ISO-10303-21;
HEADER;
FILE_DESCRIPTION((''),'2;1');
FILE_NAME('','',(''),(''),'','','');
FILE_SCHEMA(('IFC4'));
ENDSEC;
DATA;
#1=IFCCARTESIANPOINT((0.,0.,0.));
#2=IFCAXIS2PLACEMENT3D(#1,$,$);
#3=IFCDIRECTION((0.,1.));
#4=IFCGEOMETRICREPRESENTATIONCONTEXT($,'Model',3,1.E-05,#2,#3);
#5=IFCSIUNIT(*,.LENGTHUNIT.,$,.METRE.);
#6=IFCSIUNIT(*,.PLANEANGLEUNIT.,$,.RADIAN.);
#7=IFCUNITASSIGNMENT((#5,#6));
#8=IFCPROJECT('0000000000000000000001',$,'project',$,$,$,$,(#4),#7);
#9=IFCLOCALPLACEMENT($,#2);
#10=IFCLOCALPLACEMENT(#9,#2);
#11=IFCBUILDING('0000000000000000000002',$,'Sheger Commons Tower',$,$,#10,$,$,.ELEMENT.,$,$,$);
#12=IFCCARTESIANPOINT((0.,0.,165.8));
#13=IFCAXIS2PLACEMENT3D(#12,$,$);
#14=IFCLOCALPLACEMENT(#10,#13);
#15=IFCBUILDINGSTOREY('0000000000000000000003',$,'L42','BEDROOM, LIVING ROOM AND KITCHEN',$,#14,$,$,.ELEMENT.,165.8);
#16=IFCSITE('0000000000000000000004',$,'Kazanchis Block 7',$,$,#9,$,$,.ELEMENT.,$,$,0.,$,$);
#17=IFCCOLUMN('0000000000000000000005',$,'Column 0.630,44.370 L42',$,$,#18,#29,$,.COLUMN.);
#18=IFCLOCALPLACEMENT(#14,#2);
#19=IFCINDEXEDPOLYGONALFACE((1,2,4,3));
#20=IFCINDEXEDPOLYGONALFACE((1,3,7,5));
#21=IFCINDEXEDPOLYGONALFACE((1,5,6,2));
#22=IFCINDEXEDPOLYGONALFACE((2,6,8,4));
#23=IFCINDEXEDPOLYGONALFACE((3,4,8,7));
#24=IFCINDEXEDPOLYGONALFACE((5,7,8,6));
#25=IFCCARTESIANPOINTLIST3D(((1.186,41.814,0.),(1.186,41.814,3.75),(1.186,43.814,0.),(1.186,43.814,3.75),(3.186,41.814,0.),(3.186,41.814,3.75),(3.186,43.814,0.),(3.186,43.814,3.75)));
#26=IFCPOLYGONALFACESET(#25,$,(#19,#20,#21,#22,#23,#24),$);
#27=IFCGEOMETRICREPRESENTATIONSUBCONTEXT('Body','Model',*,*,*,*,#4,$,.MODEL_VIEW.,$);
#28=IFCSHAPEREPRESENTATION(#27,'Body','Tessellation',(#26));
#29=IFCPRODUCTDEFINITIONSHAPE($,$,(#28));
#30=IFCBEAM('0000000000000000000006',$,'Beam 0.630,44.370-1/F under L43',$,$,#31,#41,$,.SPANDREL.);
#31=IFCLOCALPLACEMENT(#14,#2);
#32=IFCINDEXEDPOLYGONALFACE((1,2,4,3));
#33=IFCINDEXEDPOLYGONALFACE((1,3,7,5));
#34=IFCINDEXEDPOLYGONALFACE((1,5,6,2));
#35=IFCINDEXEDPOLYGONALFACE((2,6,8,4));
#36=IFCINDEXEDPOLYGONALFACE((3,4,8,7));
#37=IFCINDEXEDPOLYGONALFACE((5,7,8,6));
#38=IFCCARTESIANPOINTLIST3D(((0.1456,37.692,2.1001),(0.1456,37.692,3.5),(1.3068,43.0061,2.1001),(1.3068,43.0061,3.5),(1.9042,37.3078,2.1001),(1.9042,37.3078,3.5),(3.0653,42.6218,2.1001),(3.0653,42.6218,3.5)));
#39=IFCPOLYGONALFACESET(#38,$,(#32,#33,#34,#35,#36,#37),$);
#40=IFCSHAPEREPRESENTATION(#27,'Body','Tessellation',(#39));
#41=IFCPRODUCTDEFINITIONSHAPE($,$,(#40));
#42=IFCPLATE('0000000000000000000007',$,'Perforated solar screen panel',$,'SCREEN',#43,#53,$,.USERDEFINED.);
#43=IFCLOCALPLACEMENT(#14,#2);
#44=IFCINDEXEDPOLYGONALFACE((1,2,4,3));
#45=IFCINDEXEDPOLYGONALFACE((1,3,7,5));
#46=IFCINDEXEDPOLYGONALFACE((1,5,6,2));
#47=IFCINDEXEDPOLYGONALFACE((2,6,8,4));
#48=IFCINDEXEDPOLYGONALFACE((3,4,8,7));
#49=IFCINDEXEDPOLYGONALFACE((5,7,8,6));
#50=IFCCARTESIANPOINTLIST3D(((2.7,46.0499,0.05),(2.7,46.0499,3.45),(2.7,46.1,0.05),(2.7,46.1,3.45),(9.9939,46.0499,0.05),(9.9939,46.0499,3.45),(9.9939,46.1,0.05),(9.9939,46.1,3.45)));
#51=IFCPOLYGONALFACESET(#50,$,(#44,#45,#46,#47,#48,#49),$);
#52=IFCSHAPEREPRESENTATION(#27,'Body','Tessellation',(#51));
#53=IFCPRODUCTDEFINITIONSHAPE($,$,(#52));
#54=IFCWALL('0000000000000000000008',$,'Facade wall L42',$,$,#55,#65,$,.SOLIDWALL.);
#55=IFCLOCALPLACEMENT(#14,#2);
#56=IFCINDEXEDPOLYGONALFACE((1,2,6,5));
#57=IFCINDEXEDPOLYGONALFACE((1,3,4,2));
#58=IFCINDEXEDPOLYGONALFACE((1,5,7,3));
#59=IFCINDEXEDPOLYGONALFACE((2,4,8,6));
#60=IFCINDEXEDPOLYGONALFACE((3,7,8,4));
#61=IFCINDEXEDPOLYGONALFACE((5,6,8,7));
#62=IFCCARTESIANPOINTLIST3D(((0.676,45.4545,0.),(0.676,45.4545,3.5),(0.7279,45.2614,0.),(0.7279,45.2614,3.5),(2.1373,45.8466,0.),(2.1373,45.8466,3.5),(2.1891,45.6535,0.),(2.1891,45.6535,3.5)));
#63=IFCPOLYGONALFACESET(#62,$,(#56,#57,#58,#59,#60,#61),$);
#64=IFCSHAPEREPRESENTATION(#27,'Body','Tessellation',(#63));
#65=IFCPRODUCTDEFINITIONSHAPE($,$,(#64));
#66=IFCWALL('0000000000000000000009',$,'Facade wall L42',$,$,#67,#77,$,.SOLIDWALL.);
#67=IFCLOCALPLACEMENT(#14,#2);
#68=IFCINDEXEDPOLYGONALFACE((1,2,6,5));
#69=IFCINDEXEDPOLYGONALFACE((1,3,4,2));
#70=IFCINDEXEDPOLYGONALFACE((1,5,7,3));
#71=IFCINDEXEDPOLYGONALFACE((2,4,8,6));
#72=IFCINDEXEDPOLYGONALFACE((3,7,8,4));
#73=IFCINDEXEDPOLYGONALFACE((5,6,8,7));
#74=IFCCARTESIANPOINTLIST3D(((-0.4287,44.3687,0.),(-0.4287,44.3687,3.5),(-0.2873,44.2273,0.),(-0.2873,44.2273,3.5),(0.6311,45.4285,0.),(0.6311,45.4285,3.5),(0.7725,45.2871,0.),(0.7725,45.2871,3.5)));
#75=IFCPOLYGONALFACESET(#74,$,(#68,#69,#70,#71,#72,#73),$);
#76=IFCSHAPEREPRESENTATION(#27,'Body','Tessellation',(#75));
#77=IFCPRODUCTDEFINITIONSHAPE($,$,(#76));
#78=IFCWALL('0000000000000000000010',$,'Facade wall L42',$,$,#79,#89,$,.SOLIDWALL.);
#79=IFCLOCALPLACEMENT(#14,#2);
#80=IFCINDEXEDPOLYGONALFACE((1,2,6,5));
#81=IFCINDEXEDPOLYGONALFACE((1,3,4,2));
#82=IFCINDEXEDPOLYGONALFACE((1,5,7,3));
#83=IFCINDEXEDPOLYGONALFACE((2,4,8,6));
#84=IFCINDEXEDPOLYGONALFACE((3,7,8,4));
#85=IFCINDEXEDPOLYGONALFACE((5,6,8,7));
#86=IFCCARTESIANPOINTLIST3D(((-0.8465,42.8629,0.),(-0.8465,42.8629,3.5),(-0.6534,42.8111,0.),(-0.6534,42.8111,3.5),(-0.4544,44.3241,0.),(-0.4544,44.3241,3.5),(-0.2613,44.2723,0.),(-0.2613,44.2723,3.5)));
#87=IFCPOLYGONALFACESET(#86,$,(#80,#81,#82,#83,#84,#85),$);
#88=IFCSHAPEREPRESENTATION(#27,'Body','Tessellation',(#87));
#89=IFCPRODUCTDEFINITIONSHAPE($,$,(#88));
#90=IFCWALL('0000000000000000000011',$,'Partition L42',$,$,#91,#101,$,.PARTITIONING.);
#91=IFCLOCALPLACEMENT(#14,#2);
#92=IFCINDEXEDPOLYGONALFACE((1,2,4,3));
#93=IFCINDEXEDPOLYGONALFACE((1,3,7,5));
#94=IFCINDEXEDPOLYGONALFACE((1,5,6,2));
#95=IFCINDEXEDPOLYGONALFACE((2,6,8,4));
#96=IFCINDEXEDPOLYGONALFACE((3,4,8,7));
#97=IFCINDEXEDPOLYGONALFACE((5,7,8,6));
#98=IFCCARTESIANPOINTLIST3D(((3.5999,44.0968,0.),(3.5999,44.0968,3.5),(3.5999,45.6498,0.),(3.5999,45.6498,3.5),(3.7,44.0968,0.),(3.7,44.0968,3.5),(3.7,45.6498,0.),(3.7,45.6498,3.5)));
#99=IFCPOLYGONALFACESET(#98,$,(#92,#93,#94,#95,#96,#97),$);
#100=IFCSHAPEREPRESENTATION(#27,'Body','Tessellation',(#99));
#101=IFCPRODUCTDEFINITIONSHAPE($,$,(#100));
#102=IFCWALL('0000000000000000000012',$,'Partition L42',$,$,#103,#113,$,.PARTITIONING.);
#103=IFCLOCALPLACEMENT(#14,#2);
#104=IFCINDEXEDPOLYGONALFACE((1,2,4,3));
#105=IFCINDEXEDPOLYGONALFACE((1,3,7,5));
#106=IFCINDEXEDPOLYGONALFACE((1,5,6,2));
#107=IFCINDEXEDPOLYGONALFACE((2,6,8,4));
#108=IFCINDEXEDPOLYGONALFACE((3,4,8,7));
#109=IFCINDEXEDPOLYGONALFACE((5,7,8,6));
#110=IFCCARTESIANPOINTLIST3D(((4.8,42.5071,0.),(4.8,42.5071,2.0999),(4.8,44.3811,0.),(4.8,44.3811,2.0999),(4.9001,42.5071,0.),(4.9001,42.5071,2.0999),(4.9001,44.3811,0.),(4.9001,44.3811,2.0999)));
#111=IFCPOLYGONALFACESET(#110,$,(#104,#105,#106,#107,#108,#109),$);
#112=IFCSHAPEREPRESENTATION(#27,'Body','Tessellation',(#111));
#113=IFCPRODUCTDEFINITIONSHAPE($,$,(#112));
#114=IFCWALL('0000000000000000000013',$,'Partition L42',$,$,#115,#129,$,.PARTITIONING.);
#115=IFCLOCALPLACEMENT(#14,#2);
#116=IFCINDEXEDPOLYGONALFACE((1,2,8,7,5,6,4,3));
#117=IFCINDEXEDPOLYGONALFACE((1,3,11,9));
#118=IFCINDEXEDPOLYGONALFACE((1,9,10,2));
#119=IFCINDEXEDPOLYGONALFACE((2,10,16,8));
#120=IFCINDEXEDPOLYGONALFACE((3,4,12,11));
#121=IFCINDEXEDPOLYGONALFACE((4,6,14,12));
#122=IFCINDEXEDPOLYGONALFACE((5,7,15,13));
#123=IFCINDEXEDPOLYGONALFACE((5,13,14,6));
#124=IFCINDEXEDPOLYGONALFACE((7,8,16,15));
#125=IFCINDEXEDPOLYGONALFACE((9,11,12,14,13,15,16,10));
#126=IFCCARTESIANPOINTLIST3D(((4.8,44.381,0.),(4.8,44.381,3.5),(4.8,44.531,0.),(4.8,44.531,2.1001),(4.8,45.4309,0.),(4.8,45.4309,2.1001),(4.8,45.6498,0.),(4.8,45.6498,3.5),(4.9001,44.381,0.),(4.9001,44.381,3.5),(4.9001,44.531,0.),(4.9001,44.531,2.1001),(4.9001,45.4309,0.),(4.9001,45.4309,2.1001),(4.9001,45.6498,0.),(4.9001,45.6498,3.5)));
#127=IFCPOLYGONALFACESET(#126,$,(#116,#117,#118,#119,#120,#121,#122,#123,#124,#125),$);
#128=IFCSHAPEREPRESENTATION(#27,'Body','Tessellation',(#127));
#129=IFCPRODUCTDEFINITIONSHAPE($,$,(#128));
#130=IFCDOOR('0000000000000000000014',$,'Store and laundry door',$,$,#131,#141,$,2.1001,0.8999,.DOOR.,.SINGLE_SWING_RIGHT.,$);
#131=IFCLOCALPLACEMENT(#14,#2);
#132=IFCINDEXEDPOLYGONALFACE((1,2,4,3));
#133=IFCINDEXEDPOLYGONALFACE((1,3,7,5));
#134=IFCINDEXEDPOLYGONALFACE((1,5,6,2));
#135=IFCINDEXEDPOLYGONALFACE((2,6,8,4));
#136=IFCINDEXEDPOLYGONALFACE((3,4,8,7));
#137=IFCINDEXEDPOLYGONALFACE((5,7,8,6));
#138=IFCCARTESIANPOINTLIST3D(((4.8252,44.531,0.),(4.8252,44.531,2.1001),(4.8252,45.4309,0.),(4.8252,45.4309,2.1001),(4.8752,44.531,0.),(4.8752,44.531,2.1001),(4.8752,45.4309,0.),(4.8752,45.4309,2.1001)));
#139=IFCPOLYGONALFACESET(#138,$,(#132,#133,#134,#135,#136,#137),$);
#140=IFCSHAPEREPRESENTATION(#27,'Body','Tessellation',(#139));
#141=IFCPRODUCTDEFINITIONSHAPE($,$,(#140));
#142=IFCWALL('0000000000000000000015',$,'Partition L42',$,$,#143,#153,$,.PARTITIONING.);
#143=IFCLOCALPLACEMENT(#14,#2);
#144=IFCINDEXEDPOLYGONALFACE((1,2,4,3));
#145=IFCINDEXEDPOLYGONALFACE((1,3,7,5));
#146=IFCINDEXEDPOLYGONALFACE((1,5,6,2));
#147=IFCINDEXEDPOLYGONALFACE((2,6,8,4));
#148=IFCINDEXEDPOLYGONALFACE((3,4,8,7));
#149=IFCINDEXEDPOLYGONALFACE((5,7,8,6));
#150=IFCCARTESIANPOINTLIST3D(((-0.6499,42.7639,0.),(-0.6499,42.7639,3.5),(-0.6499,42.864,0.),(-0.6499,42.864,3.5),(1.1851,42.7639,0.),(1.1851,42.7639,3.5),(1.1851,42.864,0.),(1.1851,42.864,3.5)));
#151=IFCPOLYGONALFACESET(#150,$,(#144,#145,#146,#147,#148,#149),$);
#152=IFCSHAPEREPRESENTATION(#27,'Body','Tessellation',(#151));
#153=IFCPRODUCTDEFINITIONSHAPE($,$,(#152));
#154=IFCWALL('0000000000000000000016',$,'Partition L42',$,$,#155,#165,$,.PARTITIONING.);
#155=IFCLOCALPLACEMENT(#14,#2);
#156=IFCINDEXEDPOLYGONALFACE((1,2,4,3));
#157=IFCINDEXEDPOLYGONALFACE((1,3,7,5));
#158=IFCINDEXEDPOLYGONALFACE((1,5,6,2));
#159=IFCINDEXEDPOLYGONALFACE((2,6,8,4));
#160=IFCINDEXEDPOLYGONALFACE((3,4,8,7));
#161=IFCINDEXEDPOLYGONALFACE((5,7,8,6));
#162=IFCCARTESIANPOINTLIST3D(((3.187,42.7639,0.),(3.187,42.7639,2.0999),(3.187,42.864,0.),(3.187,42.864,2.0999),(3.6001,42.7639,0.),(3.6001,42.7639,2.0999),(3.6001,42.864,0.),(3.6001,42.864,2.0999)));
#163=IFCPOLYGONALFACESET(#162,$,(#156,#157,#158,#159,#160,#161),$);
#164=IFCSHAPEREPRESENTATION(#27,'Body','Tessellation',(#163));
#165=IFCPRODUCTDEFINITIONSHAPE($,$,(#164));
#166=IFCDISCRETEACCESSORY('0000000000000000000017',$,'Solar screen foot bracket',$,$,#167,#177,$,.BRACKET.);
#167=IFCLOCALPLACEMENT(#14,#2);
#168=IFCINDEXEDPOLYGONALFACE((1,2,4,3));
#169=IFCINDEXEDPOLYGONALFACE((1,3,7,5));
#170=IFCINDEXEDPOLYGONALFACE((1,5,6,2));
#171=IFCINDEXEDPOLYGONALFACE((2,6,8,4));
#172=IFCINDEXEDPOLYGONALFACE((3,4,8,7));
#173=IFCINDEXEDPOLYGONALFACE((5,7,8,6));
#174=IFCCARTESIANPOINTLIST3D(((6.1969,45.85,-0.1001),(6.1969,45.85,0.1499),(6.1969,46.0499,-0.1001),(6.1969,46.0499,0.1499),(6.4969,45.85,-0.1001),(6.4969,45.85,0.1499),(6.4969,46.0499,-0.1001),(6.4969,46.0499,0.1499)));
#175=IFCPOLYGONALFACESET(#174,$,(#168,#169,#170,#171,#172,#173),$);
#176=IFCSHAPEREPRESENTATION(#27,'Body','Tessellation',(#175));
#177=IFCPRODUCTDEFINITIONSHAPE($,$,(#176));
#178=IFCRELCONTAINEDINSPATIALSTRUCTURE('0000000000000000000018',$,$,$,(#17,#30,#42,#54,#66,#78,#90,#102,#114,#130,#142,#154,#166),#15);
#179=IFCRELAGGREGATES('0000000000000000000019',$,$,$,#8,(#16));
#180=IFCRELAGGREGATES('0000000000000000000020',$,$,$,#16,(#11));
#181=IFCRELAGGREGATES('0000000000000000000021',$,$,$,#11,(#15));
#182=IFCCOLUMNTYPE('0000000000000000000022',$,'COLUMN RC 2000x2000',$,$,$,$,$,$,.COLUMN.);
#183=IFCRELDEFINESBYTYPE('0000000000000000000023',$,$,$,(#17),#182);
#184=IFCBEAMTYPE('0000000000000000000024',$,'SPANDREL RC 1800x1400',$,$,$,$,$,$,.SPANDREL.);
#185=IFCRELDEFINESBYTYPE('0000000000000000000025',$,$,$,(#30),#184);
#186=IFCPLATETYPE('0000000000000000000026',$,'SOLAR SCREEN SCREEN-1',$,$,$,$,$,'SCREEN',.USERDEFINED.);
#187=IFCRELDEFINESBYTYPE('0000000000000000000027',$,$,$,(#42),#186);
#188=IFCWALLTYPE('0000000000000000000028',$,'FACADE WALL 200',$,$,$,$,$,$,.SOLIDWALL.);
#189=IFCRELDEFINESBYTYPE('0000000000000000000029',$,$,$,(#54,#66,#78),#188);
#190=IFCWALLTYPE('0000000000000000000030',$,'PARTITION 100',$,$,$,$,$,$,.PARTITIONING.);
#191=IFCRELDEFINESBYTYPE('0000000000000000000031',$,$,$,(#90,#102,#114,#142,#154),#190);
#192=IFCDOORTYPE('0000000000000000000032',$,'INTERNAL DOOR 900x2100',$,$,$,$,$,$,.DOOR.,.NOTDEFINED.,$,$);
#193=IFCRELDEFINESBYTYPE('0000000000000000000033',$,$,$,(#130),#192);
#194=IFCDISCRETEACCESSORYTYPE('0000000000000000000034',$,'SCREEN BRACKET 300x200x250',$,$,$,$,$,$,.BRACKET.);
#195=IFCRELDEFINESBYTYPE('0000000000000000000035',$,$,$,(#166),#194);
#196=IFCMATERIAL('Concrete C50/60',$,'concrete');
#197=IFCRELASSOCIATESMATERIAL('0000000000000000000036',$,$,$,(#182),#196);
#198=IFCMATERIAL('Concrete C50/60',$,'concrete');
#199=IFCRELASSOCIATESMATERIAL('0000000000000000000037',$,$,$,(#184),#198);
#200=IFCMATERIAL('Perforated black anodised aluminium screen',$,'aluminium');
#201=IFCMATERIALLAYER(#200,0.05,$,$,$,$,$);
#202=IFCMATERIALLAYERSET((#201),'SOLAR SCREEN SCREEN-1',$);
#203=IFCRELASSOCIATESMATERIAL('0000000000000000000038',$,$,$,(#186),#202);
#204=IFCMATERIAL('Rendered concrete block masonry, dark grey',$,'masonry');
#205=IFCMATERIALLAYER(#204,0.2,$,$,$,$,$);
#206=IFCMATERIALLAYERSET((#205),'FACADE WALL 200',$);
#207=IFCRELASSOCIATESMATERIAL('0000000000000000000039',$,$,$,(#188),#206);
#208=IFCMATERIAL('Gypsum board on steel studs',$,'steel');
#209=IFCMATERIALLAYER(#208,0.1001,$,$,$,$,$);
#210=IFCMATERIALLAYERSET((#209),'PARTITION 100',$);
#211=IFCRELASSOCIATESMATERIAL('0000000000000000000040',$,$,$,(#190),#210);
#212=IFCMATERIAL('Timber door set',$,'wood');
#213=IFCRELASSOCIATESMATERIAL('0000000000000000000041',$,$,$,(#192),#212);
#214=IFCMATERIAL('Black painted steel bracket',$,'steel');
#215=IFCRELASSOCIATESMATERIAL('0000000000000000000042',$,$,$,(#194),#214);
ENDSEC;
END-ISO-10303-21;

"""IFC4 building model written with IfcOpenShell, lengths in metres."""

from ifc_helpers import new_model, si_unit, direction, frame, frame_2d, origin, origin_2d, place, context, subcontext, project, spatial, rectangle, extrude, material, layer, layer_set, material_profile, profile_set, type_object, element, fill, save


model = new_model("IFC4")

# Units and contexts
model_context = context("Model", 3, precision=1e-05, world=origin(), true_north=direction((0.0, 1.0)))
body_context = subcontext(model_context, "Body", "Model", "MODEL_VIEW")
ifc_project = project(units=[si_unit("LENGTHUNIT", "METRE"), si_unit("PLANEANGLEUNIT", "RADIAN")], contexts=[model_context])

# Site, building, storey
site_placement = place(None, origin())
site = spatial("IfcSite", under=ifc_project, at=site_placement, Name="Kazanchis Block 7", CompositionType="ELEMENT", RefElevation=0.0)
building_placement = place(site_placement, origin())
building = spatial("IfcBuilding", under=site, at=building_placement, Name="Sheger Commons Tower", CompositionType="ELEMENT")
storey_placement = place(building_placement, frame((0.0, 0.0, 165.8)))
storey = spatial("IfcBuildingStorey", under=building, at=storey_placement, Name="L42", Description="BEDROOM, LIVING ROOM AND KITCHEN", CompositionType="ELEMENT", Elevation=165.8)

# Column
ifc_material_1 = material(Name="Concrete C50/60", Category="concrete")
ifc_material_profile_1 = material_profile(ifc_material_1, rectangle(XDim=2.0, YDim=2.0, at=origin_2d()), Name="RC 2000x2000")
ifc_profile_set_1 = profile_set([ifc_material_profile_1], Name="Concrete C50/60")
column_type = type_object("IfcColumnType", Name="COLUMN RC 2000x2000", PredefinedType="COLUMN", material=ifc_profile_set_1)
column_placement = place(storey_placement, frame((2.186, 42.814, 0.0), z_axis=(0.0, 0.0, 1.0), x_axis=(1.0, 0.0, 0.0)))
element("IfcColumn", 1, at=column_placement, inside=storey, type_object=column_type, Name="Column 0.630,44.370 L42", PredefinedType="COLUMN", context=body_context, shape_type="SweptSolid", body=[
    extrude(rectangle(XDim=2.0, YDim=2.0, at=origin_2d()), origin(), (0.0, 0.0, 1.0), 3.75),
])

# Beam
ifc_material_2 = material(Name="Concrete C50/60", Category="concrete")
ifc_material_profile_2 = material_profile(ifc_material_2, rectangle(XDim=1.8, YDim=1.3999, at=origin_2d()), Name="RC 1800x1400")
ifc_profile_set_2 = profile_set([ifc_material_profile_2], Name="Concrete C50/60")
beam_type = type_object("IfcBeamType", Name="SPANDREL RC 1800x1400", PredefinedType="SPANDREL", material=ifc_profile_set_2)
beam_placement = place(storey_placement, frame((2.186, 42.814, 2.8), z_axis=(-0.213469, -0.97695, 0.0), x_axis=(0.97695, -0.213469, 0.0)))
element("IfcBeam", 2, at=beam_placement, inside=storey, type_object=beam_type, Name="Beam 0.630,44.370-1/F under L43", PredefinedType="SPANDREL", context=body_context, shape_type="SweptSolid", body=[
    extrude(rectangle(XDim=1.8, YDim=1.3999, at=origin_2d()), origin(), (0.0, 0.0, 1.0), 5.4395),
])

# Plate
ifc_material_3 = material(Name="Perforated black anodised aluminium screen", Category="aluminium")
ifc_layer_1 = layer(ifc_material_3, 0.05)
ifc_layer_set_1 = layer_set([ifc_layer_1], Name="SOLAR SCREEN SCREEN-1")
plate_type = type_object("IfcPlateType", Name="SOLAR SCREEN SCREEN-1", ElementType="SCREEN", PredefinedType="USERDEFINED", material=ifc_layer_set_1)
plate_placement = place(storey_placement, frame((6.3469, 46.075, 0.05), z_axis=(0.0, 0.0, 1.0), x_axis=(-1.0, 0.0, 0.0)))
element("IfcPlate", 3, at=plate_placement, inside=storey, type_object=plate_type, Name="Perforated solar screen panel", ObjectType="SCREEN", PredefinedType="USERDEFINED", context=body_context, shape_type="SweptSolid", body=[
    extrude(rectangle(XDim=7.2939, YDim=0.05, at=origin_2d()), origin(), (0.0, 0.0, 1.0), 3.3999),
])

# Walls
ifc_material_4 = material(Name="Rendered concrete block masonry, dark grey", Category="masonry")
ifc_layer_2 = layer(ifc_material_4, 0.2)
ifc_layer_set_2 = layer_set([ifc_layer_2], Name="FACADE WALL 200")
wall_type_1 = type_object("IfcWallType", Name="FACADE WALL 200", PredefinedType="SOLIDWALL", material=ifc_layer_set_2)
wall_1_placement = place(storey_placement, frame((2.1631, 45.75, 0.0), z_axis=(0.0, 0.0, 1.0), x_axis=(-0.965832, -0.259169, 0.0)))
element("IfcWall", 4, at=wall_1_placement, inside=storey, type_object=wall_type_1, Name="Facade wall L42", PredefinedType="SOLIDWALL", context=body_context, shape_type="SweptSolid", body=[
    extrude(rectangle(XDim=1.5129, YDim=0.2, at=frame_2d((0.7563, 0.0))), origin(), (0.0, 0.0, 1.0), 3.5),
])
wall_2_placement = place(storey_placement, frame((0.7019, 45.3579, 0.0), z_axis=(0.0, 0.0, 1.0), x_axis=(-0.707107, -0.707107, 0.0)))
element("IfcWall", 5, at=wall_2_placement, inside=storey, type_object=wall_type_1, Name="Facade wall L42", PredefinedType="SOLIDWALL", context=body_context, shape_type="SweptSolid", body=[
    extrude(rectangle(XDim=1.4988, YDim=0.2, at=frame_2d((0.7495, 0.0))), origin(), (0.0, 0.0, 1.0), 3.5),
])
wall_3_placement = place(storey_placement, frame((-0.3579, 44.2981, 0.0), z_axis=(0.0, 0.0, 1.0), x_axis=(-0.259169, -0.965832, 0.0)))
element("IfcWall", 6, at=wall_3_placement, inside=storey, type_object=wall_type_1, Name="Facade wall L42", PredefinedType="SOLIDWALL", context=body_context, shape_type="SweptSolid", body=[
    extrude(rectangle(XDim=1.5129, YDim=0.2, at=frame_2d((0.7563, 0.0))), origin(), (0.0, 0.0, 1.0), 3.5),
])

# Walls
ifc_material_5 = material(Name="Gypsum board on steel studs", Category="steel")
ifc_layer_3 = layer(ifc_material_5, 0.1001)
ifc_layer_set_3 = layer_set([ifc_layer_3], Name="PARTITION 100")
wall_type_2 = type_object("IfcWallType", Name="PARTITION 100", PredefinedType="PARTITIONING", material=ifc_layer_set_3)
wall_4_placement = place(storey_placement, frame((3.6499, 44.0969, 0.0), z_axis=(0.0, 0.0, 1.0), x_axis=(0.0, 1.0, 0.0)))
element("IfcWall", 7, at=wall_4_placement, inside=storey, type_object=wall_type_2, Name="Partition L42", PredefinedType="PARTITIONING", context=body_context, shape_type="SweptSolid", body=[
    extrude(rectangle(XDim=1.553, YDim=0.1001, at=frame_2d((0.7764, 0.0))), origin(), (0.0, 0.0, 1.0), 3.5),
])
wall_5_placement = place(storey_placement, frame((4.8501, 42.5071, 0.0), z_axis=(0.0, 0.0, 1.0), x_axis=(0.0, 1.0, 0.0)))
element("IfcWall", 8, at=wall_5_placement, inside=storey, type_object=wall_type_2, Name="Partition L42", PredefinedType="PARTITIONING", context=body_context, shape_type="SweptSolid", body=[
    extrude(rectangle(XDim=1.874, YDim=0.1001, at=frame_2d((0.937, 0.0))), origin(), (0.0, 0.0, 1.0), 2.0999),
])

# Wall, opening, door
wall_6_placement = place(storey_placement, frame((4.8501, 44.3811, 0.0), z_axis=(0.0, 0.0, 1.0), x_axis=(0.0, 1.0, 0.0)))
wall_6 = element("IfcWall", 9, at=wall_6_placement, inside=storey, type_object=wall_type_2, Name="Partition L42", PredefinedType="PARTITIONING", context=body_context, shape_type="SweptSolid", body=[
    extrude(rectangle(XDim=1.2688, YDim=0.1001, at=frame_2d((0.6343, 0.0))), origin(), (0.0, 0.0, 1.0), 3.5),
])
opening_1_placement = place(wall_6_placement, frame((0.1499, 0.0, 0.0)))
opening_1 = element("IfcOpeningElement", 10, at=opening_1_placement, cuts=wall_6, PredefinedType="OPENING", context=body_context, shape_type="SweptSolid", body=[
    extrude(rectangle(XDim=0.8999, YDim=2.1001, at=frame_2d((0.45, 1.05))), frame((0.0, 0.0601, 0.0), z_axis=(0.0, -1.0, 0.0), x_axis=(1.0, 0.0, 0.0)), (0.0, 0.0, 1.0), 0.1201),
])
ifc_material_6 = material(Name="Timber door set", Category="wood")
door_type = type_object("IfcDoorType", Name="INTERNAL DOOR 900x2100", OperationType="NOTDEFINED", PredefinedType="DOOR", material=ifc_material_6)
door_placement = place(opening_1_placement, origin())
door = element("IfcDoor", 11, at=door_placement, inside=storey, type_object=door_type, Name="Store and laundry door", OperationType="SINGLE_SWING_RIGHT", OverallHeight=2.1001, OverallWidth=0.8999, PredefinedType="DOOR", context=body_context, shape_type="SweptSolid", body=[
    extrude(rectangle(XDim=0.8999, YDim=2.1001, at=frame_2d((0.45, 1.05))), frame((0.0, 0.0249, 0.0), z_axis=(0.0, -1.0, 0.0), x_axis=(1.0, 0.0, 0.0)), (0.0, 0.0, 1.0), 0.05),
])
fill(opening_1, door)

# Walls
wall_7_placement = place(storey_placement, frame((-0.6499, 42.814, 0.0), z_axis=(0.0, 0.0, 1.0), x_axis=(1.0, 0.0, 0.0)))
element("IfcWall", 12, at=wall_7_placement, inside=storey, type_object=wall_type_2, Name="Partition L42", PredefinedType="PARTITIONING", context=body_context, shape_type="SweptSolid", body=[
    extrude(rectangle(XDim=1.835, YDim=0.1001, at=frame_2d((0.9175, 0.0))), origin(), (0.0, 0.0, 1.0), 3.5),
])
wall_8_placement = place(storey_placement, frame((3.187, 42.814, 0.0), z_axis=(0.0, 0.0, 1.0), x_axis=(1.0, 0.0, 0.0)))
element("IfcWall", 13, at=wall_8_placement, inside=storey, type_object=wall_type_2, Name="Partition L42", PredefinedType="PARTITIONING", context=body_context, shape_type="SweptSolid", body=[
    extrude(rectangle(XDim=0.4131, YDim=0.1001, at=frame_2d((0.2065, 0.0))), origin(), (0.0, 0.0, 1.0), 2.0999),
])

# Discrete accessory
ifc_material_7 = material(Name="Black painted steel bracket", Category="steel")
discrete_accessory_type = type_object("IfcDiscreteAccessoryType", Name="SCREEN BRACKET 300x200x250", PredefinedType="BRACKET", material=ifc_material_7)
for number, where, z_axis, x_axis, name in (
    (14, (6.3469, 45.95, -0.1001), (0.0, 0.0, 1.0), (-1.0, 0.0, 0.0), "Solar screen foot bracket"),
):
    element("IfcDiscreteAccessory", number, at=place(storey_placement, frame(where, z_axis=z_axis, x_axis=x_axis)), inside=storey, type_object=discrete_accessory_type, Name=name, PredefinedType="BRACKET", context=body_context, shape_type="SweptSolid", body=[
        extrude(rectangle(XDim=0.3, YDim=0.2, at=origin_2d()), origin(), (0.0, 0.0, 1.0), 0.25),
    ])

save(model, "model.ifc")
